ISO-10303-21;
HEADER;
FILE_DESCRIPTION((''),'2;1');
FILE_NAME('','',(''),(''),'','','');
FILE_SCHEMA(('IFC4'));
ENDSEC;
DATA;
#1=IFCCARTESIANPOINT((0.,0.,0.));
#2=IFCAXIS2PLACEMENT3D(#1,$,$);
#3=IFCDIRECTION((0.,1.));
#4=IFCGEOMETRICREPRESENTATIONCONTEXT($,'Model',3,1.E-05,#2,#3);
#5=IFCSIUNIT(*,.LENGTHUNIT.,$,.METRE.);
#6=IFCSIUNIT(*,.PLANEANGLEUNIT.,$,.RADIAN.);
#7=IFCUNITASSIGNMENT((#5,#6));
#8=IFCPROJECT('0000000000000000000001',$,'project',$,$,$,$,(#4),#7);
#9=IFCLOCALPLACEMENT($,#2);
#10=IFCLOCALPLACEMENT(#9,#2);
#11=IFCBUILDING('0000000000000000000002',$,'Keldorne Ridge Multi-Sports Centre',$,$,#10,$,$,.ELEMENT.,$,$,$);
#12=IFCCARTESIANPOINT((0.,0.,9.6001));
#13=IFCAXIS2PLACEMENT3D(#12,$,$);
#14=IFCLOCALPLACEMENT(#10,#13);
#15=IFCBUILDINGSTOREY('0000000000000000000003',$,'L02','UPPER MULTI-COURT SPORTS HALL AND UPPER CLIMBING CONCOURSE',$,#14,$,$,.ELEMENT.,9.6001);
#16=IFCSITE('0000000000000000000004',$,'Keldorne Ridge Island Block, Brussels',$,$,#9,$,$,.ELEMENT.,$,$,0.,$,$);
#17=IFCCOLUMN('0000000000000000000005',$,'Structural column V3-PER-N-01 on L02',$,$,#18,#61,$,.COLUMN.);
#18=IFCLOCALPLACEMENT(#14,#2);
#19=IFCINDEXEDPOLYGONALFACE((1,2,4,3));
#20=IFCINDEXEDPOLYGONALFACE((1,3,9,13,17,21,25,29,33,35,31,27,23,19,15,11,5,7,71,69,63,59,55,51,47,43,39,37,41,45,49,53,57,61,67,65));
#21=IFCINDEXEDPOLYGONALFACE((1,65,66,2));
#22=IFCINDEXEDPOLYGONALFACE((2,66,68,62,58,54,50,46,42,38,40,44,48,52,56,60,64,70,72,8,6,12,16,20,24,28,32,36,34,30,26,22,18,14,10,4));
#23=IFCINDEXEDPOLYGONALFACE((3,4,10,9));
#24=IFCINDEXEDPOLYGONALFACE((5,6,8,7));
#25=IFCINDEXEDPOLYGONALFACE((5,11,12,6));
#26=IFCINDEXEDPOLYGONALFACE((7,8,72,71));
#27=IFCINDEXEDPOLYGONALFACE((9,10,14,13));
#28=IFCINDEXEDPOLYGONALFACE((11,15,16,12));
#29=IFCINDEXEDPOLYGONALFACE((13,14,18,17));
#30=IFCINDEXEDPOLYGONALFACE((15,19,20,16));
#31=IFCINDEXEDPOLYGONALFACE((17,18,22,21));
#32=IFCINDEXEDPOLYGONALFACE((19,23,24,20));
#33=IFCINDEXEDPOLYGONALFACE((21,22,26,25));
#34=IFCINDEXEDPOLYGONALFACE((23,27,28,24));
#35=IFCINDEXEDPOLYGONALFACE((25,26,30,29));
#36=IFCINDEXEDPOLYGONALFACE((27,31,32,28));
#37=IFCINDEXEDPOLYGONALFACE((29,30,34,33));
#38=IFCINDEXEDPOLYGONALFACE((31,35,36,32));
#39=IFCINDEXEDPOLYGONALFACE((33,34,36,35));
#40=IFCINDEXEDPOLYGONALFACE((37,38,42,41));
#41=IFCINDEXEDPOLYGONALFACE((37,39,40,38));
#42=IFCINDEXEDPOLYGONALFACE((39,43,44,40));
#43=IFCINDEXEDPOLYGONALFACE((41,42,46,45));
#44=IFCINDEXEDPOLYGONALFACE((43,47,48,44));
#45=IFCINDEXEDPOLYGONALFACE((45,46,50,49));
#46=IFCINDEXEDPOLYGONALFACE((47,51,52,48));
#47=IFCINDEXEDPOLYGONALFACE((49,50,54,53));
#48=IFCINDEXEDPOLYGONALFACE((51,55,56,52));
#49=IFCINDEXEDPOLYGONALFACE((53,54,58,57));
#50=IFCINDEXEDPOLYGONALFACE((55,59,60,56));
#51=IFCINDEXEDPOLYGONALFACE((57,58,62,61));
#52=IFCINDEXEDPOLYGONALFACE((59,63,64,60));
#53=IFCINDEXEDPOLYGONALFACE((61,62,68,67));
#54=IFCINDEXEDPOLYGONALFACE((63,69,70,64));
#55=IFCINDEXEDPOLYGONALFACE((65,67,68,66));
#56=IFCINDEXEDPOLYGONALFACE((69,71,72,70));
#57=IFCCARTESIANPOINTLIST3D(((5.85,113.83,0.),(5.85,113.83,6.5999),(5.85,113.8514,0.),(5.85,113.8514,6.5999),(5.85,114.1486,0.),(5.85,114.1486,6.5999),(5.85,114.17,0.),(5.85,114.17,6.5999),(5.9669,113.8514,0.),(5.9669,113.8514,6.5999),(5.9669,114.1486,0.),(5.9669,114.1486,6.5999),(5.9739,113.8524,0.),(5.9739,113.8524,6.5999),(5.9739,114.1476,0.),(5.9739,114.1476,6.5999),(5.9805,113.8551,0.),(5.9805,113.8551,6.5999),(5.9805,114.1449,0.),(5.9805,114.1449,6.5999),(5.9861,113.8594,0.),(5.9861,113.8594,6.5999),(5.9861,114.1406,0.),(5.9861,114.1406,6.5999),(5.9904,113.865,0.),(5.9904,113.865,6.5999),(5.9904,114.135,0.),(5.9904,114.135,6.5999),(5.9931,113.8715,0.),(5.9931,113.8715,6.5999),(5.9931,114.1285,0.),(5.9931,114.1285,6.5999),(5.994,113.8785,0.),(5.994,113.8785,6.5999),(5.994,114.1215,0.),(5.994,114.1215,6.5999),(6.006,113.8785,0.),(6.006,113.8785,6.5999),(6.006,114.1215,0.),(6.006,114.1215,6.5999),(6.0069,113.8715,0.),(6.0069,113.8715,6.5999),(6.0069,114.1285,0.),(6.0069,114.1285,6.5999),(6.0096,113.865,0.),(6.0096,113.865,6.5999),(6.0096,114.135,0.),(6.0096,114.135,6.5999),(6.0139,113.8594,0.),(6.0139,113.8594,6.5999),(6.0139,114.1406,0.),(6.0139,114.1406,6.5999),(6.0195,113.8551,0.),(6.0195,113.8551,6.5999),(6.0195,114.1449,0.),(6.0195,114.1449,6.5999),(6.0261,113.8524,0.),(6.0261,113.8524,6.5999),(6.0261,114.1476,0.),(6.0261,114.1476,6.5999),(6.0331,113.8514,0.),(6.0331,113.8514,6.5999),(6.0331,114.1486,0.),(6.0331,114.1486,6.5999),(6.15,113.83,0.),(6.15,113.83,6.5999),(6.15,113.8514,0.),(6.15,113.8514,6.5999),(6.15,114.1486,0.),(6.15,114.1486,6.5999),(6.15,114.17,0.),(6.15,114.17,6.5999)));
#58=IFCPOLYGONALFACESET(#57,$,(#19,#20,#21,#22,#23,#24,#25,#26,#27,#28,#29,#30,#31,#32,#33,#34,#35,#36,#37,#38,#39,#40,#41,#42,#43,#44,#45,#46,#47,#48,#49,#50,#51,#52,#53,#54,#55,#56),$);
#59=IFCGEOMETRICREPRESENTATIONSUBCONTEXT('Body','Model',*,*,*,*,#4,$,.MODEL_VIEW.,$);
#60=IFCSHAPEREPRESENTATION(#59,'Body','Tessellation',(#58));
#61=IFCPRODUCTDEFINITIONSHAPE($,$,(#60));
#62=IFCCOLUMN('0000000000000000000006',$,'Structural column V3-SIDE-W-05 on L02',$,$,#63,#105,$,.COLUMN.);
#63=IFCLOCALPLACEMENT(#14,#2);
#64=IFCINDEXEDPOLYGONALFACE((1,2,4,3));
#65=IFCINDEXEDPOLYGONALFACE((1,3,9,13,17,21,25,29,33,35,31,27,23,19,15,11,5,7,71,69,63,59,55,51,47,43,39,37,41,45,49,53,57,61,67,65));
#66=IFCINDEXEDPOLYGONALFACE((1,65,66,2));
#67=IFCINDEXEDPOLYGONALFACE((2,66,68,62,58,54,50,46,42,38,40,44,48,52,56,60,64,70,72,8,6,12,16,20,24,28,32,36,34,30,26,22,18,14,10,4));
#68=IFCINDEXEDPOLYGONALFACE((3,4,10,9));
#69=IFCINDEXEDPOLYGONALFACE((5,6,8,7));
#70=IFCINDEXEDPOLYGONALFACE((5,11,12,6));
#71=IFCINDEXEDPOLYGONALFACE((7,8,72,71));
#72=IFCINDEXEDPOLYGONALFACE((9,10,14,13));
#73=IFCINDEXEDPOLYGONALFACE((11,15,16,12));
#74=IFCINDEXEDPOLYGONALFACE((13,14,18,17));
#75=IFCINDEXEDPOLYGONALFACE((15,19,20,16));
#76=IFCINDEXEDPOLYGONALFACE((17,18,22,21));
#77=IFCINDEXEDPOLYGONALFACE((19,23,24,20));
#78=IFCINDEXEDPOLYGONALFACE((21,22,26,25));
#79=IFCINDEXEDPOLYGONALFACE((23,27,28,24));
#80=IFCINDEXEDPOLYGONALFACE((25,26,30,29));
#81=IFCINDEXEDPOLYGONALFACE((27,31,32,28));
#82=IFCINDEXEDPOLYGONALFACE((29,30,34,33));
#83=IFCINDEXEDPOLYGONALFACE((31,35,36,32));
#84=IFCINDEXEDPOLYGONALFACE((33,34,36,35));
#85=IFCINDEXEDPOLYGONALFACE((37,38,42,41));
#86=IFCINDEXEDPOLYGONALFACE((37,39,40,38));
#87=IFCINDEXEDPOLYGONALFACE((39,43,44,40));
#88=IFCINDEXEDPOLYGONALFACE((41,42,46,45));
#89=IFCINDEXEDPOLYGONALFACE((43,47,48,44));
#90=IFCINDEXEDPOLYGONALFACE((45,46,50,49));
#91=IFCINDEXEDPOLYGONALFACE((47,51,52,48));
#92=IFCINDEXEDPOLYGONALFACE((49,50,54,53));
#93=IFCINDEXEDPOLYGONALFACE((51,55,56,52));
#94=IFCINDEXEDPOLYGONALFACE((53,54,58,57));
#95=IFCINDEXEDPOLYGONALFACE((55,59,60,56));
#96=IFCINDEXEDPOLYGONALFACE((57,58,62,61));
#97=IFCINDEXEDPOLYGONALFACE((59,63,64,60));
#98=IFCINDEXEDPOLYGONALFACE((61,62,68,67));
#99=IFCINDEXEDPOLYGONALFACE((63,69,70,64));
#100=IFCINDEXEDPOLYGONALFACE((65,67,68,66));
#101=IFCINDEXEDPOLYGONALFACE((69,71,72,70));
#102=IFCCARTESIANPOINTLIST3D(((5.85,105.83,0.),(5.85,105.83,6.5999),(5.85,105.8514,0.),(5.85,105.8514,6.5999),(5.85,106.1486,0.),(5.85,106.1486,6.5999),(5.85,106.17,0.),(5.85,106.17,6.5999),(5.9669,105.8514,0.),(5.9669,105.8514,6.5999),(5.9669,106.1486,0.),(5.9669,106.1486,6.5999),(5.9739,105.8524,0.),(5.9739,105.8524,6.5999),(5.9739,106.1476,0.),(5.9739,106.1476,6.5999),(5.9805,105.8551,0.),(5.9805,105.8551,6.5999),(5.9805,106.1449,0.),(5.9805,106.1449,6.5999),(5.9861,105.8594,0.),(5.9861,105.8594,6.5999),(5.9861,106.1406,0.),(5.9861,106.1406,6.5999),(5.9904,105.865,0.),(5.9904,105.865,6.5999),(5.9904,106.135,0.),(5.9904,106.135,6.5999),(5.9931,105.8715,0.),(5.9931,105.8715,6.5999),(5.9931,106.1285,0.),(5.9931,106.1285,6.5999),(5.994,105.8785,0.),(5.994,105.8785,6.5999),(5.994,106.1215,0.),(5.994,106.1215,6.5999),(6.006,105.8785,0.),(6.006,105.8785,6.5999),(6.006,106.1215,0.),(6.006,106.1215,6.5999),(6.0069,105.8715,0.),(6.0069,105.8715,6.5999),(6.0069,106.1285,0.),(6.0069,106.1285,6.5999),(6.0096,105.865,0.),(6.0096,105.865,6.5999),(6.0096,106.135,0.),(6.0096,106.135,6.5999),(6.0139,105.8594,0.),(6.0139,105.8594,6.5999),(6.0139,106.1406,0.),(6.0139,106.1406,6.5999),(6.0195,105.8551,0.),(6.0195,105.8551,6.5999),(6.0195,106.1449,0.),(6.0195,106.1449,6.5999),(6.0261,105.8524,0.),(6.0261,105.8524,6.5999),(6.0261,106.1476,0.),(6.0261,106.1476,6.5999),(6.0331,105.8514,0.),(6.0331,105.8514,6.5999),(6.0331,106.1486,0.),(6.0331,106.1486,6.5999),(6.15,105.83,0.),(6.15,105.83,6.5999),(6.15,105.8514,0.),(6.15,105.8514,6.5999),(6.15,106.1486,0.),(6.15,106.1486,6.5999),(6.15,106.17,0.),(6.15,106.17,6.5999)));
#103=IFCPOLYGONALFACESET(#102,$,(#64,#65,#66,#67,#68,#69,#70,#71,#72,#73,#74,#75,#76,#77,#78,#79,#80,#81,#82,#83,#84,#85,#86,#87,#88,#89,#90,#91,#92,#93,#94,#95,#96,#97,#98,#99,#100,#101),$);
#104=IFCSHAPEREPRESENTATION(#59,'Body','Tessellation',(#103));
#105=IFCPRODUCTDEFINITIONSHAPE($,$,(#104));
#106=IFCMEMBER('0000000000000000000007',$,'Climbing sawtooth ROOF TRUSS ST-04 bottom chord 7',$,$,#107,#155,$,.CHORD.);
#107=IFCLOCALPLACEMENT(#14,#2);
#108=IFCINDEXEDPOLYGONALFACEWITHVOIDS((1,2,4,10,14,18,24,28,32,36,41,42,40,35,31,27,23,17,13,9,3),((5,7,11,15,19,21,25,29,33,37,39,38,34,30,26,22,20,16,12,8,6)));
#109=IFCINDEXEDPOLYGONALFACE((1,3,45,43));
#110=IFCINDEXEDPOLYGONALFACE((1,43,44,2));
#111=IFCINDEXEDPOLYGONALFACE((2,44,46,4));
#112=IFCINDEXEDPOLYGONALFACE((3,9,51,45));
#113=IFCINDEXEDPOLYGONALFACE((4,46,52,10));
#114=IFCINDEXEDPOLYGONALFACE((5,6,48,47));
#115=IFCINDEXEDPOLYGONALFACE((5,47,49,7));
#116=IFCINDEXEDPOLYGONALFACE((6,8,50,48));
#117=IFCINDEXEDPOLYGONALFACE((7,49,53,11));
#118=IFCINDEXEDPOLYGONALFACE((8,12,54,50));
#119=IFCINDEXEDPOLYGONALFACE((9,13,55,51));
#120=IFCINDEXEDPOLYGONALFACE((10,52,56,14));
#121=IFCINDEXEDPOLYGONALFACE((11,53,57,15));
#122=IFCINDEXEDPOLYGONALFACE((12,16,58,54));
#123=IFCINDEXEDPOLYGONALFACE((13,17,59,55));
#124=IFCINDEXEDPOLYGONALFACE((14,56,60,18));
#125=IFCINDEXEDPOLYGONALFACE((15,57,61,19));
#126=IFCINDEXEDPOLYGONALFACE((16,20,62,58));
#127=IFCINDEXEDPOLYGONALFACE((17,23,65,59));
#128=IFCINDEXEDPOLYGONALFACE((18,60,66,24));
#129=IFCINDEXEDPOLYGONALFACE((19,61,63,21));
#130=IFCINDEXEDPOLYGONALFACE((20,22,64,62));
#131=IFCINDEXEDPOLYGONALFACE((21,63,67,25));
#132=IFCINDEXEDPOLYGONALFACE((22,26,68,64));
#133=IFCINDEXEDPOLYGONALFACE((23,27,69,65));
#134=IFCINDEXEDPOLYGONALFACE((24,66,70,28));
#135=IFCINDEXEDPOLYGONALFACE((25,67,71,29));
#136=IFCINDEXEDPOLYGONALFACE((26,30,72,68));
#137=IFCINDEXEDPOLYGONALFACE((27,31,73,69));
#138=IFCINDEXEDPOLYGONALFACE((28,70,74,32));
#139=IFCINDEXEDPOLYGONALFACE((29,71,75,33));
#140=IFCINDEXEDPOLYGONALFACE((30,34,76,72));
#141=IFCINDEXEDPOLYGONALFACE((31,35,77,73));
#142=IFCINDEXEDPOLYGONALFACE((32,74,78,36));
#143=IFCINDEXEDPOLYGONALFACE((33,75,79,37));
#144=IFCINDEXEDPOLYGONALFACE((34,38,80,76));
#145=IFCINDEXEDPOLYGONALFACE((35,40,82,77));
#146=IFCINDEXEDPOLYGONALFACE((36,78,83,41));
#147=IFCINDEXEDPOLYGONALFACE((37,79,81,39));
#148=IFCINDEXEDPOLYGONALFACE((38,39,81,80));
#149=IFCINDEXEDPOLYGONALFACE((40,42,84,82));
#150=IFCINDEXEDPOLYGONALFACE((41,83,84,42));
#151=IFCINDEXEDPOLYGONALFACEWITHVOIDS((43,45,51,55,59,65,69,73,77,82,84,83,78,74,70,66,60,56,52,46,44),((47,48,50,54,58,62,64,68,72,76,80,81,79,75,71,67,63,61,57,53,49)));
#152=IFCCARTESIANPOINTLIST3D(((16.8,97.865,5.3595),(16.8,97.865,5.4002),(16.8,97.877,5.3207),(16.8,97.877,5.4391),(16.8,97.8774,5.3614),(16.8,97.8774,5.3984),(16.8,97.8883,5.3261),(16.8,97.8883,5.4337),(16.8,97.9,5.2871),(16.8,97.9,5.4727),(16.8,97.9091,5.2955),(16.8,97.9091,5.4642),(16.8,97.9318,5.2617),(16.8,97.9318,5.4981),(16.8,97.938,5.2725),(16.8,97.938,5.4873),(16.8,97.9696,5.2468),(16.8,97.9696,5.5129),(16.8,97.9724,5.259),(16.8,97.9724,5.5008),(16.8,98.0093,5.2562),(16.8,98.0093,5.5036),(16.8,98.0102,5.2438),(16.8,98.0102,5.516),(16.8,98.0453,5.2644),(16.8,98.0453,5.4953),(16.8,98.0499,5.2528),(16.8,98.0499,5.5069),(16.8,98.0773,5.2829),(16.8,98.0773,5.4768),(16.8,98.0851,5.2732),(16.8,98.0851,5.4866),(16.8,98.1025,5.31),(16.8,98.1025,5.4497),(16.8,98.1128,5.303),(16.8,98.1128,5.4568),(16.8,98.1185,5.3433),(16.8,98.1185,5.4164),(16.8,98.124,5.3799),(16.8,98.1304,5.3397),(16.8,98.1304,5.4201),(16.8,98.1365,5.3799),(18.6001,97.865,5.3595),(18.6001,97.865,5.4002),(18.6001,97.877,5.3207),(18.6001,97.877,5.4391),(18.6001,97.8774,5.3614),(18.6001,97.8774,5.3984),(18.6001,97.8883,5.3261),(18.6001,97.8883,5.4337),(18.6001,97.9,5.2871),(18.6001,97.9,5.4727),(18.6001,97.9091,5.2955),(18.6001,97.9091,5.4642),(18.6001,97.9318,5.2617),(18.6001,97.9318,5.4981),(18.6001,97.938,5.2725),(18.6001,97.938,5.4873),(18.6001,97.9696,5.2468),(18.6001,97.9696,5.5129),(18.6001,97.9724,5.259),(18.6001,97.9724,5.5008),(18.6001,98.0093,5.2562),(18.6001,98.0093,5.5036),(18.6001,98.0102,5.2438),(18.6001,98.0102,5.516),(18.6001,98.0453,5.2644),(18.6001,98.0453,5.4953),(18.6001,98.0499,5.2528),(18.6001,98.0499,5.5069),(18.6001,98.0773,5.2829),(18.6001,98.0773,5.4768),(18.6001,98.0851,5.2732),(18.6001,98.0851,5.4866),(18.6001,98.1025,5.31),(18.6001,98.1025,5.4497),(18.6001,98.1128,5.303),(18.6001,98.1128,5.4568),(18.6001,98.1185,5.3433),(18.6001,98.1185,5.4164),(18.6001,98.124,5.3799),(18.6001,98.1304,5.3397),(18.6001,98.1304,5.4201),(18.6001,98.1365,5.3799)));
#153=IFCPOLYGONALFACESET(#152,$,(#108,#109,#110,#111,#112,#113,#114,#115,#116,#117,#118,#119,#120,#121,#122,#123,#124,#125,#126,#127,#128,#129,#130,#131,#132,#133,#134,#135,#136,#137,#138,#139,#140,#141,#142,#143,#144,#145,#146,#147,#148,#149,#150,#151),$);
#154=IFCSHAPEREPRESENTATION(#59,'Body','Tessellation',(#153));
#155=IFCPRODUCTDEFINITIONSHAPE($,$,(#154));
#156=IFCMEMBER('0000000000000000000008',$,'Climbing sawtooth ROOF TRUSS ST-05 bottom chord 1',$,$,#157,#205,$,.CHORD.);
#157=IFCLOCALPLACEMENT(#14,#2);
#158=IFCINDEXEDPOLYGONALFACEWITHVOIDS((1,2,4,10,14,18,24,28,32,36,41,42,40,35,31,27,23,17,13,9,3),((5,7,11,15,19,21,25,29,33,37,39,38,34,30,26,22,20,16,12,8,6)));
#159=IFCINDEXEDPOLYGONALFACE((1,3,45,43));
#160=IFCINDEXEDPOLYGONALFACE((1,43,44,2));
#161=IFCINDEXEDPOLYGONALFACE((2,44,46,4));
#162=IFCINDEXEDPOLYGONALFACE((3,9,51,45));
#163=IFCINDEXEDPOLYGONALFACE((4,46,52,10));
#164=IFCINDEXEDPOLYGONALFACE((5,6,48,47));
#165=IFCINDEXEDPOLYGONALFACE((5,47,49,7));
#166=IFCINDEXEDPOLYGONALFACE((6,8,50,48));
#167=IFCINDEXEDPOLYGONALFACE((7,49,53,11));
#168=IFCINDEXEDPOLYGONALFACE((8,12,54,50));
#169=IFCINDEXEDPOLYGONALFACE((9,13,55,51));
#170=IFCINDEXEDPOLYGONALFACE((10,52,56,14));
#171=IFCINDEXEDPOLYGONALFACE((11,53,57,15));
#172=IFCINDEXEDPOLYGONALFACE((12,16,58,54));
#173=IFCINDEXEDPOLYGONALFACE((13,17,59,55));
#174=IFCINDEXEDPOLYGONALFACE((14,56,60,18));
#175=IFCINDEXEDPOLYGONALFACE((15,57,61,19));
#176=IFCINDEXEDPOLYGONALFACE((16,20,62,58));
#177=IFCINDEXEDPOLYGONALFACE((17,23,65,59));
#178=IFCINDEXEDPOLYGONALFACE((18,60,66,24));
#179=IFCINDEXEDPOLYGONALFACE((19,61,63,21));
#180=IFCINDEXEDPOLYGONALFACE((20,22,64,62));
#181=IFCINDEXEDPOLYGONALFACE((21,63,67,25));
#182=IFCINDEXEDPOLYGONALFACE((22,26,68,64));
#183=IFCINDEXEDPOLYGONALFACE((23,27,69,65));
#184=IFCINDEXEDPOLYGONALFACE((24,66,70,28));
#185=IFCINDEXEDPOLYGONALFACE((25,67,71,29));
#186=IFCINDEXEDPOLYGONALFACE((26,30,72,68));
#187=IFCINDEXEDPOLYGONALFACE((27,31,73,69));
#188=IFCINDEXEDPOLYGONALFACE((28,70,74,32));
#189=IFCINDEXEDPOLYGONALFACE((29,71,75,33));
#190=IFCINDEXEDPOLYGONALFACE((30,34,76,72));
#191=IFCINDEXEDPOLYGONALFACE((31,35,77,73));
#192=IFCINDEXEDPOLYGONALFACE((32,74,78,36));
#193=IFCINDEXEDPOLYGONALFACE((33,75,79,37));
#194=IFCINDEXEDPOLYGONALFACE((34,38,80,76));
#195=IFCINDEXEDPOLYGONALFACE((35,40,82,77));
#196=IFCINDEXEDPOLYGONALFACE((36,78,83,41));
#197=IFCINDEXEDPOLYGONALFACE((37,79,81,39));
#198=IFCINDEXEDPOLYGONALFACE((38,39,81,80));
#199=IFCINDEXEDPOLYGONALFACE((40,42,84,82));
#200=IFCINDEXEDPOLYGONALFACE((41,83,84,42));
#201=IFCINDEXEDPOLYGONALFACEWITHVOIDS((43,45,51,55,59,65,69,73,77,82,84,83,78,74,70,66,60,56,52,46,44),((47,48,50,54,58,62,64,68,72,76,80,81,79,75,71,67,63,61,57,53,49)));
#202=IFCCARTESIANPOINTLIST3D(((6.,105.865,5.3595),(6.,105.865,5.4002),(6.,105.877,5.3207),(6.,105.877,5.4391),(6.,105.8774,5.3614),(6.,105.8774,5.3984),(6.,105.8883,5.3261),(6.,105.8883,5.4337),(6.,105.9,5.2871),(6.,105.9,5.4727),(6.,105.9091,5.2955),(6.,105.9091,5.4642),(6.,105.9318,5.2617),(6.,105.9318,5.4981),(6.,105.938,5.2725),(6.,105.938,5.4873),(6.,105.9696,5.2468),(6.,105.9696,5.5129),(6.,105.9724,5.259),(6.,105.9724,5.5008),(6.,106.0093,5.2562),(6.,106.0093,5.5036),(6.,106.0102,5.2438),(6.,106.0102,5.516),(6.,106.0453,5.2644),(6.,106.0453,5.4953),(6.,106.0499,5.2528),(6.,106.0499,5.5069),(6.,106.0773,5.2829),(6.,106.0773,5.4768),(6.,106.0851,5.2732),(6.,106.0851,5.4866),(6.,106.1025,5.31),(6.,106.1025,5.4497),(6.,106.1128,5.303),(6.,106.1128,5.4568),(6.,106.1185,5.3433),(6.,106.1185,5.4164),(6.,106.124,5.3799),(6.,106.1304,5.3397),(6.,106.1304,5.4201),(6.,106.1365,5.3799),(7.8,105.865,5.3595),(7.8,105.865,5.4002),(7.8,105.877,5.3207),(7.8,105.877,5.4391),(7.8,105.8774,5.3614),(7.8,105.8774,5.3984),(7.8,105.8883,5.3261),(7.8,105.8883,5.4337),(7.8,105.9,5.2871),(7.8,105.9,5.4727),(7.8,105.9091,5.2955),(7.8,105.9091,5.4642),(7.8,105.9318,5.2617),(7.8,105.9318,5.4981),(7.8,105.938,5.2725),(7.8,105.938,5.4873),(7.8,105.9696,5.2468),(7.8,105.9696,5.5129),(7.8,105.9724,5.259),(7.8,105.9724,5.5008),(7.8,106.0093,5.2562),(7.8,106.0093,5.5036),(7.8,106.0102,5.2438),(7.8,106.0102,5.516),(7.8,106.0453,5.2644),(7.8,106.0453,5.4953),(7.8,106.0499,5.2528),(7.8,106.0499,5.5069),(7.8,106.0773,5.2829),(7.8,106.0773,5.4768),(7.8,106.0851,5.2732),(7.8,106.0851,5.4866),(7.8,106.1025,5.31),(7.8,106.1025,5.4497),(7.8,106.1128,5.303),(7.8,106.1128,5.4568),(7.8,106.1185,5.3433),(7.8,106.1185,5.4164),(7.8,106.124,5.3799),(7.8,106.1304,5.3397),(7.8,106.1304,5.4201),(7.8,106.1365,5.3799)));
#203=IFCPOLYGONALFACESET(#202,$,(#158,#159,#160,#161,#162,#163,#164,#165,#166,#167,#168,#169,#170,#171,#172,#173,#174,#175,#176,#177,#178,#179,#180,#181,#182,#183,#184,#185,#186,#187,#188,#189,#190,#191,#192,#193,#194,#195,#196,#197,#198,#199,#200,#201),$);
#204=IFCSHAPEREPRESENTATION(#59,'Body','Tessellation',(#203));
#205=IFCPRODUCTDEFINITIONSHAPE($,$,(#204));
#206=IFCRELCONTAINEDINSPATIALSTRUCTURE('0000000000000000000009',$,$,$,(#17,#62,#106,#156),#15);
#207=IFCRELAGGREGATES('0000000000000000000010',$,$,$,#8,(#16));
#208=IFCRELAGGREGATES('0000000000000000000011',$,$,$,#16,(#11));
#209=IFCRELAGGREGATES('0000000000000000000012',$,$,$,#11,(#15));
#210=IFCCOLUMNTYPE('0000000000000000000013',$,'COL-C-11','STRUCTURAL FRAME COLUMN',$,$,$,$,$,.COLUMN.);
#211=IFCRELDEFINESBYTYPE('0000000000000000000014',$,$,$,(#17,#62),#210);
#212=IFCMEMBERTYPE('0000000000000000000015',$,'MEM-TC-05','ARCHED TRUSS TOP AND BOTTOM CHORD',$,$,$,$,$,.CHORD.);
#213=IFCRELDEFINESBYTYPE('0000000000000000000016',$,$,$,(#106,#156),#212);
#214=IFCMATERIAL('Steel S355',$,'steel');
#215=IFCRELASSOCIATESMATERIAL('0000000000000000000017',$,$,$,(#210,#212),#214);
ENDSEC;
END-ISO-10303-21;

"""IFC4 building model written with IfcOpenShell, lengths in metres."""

from ifc_helpers import new_model, si_unit, direction, frame, origin, origin_2d, place, context, subcontext, project, spatial, hollow_circle, i_section, extrude, material, material_profile, profile_set, type_object, element, save


model = new_model("IFC4")

# Units and contexts
model_context = context("Model", 3, precision=1e-05, world=origin(), true_north=direction((0.0, 1.0)))
body_context = subcontext(model_context, "Body", "Model", "MODEL_VIEW")
ifc_project = project(units=[si_unit("LENGTHUNIT", "METRE"), si_unit("PLANEANGLEUNIT", "RADIAN")], contexts=[model_context])

# Site, building, storey
site_placement = place(None, origin())
site = spatial("IfcSite", under=ifc_project, at=site_placement, Name="Keldorne Ridge Island Block, Brussels", CompositionType="ELEMENT", RefElevation=0.0)
building_placement = place(site_placement, origin())
building = spatial("IfcBuilding", under=site, at=building_placement, Name="Keldorne Ridge Multi-Sports Centre", CompositionType="ELEMENT")
storey_placement = place(building_placement, frame((0.0, 0.0, 9.6001)))
storey = spatial("IfcBuildingStorey", under=building, at=storey_placement, Name="L02", Description="UPPER MULTI-COURT SPORTS HALL AND UPPER CLIMBING CONCOURSE", CompositionType="ELEMENT", Elevation=9.6001)

# Columns
ifc_material_1 = material(Name="Steel S355", Category="steel")
ifc_material_profile_1 = material_profile(ifc_material_1, i_section(OverallWidth=0.3, OverallDepth=0.3401, WebThickness=0.012, FlangeThickness=0.0215, FilletRadius=0.0271, at=origin_2d()), Name="HEB 340")
ifc_profile_set_1 = profile_set([ifc_material_profile_1], Name="Steel S355")
column_type = type_object("IfcColumnType", Name="COL-C-11", Description="STRUCTURAL FRAME COLUMN", PredefinedType="COLUMN", material=ifc_profile_set_1)
for number, where, z_axis, x_axis, name in (
    (1, (6.0, 114.0, 0.0), (0.0, 0.0, 1.0), (1.0, 0.0, 0.0), "Structural column V3-PER-N-01 on L02"),
    (2, (6.0, 106.0, 0.0), (0.0, 0.0, 1.0), (1.0, 0.0, 0.0), "Structural column V3-SIDE-W-05 on L02"),
):
    element("IfcColumn", number, at=place(storey_placement, frame(where, z_axis=z_axis, x_axis=x_axis)), inside=storey, type_object=column_type, Name=name, PredefinedType="COLUMN", context=body_context, shape_type="SweptSolid", body=[
        extrude(i_section(OverallWidth=0.3, OverallDepth=0.3401, WebThickness=0.012, FlangeThickness=0.0215, FilletRadius=0.0271, at=origin_2d()), origin(), (0.0, 0.0, 1.0), 6.5999),
    ])

# Members
ifc_material_profile_2 = material_profile(ifc_material_1, hollow_circle(Radius=0.1365, WallThickness=0.0125, at=origin_2d()), Name="CHS 273x12.5")
ifc_profile_set_2 = profile_set([ifc_material_profile_2], Name="Steel S355")
member_type_1 = type_object("IfcMemberType", Name="MEM-TC-05", Description="ARCHED TRUSS TOP AND BOTTOM CHORD", PredefinedType="CHORD", material=ifc_profile_set_2)
for number, where, z_axis, x_axis, name in (
    (3, (16.8, 98.0, 5.3799), (1.0, 0.0, 0.0), (0.0, 1.0, 0.0), "Climbing sawtooth ROOF TRUSS ST-04 bottom chord 7"),
    (4, (6.0, 106.0, 5.3799), (1.0, 0.0, 0.0), (0.0, 1.0, 0.0), "Climbing sawtooth ROOF TRUSS ST-05 bottom chord 1"),
):
    element("IfcMember", number, at=place(storey_placement, frame(where, z_axis=z_axis, x_axis=x_axis)), inside=storey, type_object=member_type_1, Name=name, PredefinedType="CHORD", context=body_context, shape_type="SweptSolid", body=[
        extrude(hollow_circle(Radius=0.1365, WallThickness=0.0125, at=origin_2d()), origin(), (0.0, 0.0, 1.0), 1.8),
    ])

save(model, "model.ifc")
